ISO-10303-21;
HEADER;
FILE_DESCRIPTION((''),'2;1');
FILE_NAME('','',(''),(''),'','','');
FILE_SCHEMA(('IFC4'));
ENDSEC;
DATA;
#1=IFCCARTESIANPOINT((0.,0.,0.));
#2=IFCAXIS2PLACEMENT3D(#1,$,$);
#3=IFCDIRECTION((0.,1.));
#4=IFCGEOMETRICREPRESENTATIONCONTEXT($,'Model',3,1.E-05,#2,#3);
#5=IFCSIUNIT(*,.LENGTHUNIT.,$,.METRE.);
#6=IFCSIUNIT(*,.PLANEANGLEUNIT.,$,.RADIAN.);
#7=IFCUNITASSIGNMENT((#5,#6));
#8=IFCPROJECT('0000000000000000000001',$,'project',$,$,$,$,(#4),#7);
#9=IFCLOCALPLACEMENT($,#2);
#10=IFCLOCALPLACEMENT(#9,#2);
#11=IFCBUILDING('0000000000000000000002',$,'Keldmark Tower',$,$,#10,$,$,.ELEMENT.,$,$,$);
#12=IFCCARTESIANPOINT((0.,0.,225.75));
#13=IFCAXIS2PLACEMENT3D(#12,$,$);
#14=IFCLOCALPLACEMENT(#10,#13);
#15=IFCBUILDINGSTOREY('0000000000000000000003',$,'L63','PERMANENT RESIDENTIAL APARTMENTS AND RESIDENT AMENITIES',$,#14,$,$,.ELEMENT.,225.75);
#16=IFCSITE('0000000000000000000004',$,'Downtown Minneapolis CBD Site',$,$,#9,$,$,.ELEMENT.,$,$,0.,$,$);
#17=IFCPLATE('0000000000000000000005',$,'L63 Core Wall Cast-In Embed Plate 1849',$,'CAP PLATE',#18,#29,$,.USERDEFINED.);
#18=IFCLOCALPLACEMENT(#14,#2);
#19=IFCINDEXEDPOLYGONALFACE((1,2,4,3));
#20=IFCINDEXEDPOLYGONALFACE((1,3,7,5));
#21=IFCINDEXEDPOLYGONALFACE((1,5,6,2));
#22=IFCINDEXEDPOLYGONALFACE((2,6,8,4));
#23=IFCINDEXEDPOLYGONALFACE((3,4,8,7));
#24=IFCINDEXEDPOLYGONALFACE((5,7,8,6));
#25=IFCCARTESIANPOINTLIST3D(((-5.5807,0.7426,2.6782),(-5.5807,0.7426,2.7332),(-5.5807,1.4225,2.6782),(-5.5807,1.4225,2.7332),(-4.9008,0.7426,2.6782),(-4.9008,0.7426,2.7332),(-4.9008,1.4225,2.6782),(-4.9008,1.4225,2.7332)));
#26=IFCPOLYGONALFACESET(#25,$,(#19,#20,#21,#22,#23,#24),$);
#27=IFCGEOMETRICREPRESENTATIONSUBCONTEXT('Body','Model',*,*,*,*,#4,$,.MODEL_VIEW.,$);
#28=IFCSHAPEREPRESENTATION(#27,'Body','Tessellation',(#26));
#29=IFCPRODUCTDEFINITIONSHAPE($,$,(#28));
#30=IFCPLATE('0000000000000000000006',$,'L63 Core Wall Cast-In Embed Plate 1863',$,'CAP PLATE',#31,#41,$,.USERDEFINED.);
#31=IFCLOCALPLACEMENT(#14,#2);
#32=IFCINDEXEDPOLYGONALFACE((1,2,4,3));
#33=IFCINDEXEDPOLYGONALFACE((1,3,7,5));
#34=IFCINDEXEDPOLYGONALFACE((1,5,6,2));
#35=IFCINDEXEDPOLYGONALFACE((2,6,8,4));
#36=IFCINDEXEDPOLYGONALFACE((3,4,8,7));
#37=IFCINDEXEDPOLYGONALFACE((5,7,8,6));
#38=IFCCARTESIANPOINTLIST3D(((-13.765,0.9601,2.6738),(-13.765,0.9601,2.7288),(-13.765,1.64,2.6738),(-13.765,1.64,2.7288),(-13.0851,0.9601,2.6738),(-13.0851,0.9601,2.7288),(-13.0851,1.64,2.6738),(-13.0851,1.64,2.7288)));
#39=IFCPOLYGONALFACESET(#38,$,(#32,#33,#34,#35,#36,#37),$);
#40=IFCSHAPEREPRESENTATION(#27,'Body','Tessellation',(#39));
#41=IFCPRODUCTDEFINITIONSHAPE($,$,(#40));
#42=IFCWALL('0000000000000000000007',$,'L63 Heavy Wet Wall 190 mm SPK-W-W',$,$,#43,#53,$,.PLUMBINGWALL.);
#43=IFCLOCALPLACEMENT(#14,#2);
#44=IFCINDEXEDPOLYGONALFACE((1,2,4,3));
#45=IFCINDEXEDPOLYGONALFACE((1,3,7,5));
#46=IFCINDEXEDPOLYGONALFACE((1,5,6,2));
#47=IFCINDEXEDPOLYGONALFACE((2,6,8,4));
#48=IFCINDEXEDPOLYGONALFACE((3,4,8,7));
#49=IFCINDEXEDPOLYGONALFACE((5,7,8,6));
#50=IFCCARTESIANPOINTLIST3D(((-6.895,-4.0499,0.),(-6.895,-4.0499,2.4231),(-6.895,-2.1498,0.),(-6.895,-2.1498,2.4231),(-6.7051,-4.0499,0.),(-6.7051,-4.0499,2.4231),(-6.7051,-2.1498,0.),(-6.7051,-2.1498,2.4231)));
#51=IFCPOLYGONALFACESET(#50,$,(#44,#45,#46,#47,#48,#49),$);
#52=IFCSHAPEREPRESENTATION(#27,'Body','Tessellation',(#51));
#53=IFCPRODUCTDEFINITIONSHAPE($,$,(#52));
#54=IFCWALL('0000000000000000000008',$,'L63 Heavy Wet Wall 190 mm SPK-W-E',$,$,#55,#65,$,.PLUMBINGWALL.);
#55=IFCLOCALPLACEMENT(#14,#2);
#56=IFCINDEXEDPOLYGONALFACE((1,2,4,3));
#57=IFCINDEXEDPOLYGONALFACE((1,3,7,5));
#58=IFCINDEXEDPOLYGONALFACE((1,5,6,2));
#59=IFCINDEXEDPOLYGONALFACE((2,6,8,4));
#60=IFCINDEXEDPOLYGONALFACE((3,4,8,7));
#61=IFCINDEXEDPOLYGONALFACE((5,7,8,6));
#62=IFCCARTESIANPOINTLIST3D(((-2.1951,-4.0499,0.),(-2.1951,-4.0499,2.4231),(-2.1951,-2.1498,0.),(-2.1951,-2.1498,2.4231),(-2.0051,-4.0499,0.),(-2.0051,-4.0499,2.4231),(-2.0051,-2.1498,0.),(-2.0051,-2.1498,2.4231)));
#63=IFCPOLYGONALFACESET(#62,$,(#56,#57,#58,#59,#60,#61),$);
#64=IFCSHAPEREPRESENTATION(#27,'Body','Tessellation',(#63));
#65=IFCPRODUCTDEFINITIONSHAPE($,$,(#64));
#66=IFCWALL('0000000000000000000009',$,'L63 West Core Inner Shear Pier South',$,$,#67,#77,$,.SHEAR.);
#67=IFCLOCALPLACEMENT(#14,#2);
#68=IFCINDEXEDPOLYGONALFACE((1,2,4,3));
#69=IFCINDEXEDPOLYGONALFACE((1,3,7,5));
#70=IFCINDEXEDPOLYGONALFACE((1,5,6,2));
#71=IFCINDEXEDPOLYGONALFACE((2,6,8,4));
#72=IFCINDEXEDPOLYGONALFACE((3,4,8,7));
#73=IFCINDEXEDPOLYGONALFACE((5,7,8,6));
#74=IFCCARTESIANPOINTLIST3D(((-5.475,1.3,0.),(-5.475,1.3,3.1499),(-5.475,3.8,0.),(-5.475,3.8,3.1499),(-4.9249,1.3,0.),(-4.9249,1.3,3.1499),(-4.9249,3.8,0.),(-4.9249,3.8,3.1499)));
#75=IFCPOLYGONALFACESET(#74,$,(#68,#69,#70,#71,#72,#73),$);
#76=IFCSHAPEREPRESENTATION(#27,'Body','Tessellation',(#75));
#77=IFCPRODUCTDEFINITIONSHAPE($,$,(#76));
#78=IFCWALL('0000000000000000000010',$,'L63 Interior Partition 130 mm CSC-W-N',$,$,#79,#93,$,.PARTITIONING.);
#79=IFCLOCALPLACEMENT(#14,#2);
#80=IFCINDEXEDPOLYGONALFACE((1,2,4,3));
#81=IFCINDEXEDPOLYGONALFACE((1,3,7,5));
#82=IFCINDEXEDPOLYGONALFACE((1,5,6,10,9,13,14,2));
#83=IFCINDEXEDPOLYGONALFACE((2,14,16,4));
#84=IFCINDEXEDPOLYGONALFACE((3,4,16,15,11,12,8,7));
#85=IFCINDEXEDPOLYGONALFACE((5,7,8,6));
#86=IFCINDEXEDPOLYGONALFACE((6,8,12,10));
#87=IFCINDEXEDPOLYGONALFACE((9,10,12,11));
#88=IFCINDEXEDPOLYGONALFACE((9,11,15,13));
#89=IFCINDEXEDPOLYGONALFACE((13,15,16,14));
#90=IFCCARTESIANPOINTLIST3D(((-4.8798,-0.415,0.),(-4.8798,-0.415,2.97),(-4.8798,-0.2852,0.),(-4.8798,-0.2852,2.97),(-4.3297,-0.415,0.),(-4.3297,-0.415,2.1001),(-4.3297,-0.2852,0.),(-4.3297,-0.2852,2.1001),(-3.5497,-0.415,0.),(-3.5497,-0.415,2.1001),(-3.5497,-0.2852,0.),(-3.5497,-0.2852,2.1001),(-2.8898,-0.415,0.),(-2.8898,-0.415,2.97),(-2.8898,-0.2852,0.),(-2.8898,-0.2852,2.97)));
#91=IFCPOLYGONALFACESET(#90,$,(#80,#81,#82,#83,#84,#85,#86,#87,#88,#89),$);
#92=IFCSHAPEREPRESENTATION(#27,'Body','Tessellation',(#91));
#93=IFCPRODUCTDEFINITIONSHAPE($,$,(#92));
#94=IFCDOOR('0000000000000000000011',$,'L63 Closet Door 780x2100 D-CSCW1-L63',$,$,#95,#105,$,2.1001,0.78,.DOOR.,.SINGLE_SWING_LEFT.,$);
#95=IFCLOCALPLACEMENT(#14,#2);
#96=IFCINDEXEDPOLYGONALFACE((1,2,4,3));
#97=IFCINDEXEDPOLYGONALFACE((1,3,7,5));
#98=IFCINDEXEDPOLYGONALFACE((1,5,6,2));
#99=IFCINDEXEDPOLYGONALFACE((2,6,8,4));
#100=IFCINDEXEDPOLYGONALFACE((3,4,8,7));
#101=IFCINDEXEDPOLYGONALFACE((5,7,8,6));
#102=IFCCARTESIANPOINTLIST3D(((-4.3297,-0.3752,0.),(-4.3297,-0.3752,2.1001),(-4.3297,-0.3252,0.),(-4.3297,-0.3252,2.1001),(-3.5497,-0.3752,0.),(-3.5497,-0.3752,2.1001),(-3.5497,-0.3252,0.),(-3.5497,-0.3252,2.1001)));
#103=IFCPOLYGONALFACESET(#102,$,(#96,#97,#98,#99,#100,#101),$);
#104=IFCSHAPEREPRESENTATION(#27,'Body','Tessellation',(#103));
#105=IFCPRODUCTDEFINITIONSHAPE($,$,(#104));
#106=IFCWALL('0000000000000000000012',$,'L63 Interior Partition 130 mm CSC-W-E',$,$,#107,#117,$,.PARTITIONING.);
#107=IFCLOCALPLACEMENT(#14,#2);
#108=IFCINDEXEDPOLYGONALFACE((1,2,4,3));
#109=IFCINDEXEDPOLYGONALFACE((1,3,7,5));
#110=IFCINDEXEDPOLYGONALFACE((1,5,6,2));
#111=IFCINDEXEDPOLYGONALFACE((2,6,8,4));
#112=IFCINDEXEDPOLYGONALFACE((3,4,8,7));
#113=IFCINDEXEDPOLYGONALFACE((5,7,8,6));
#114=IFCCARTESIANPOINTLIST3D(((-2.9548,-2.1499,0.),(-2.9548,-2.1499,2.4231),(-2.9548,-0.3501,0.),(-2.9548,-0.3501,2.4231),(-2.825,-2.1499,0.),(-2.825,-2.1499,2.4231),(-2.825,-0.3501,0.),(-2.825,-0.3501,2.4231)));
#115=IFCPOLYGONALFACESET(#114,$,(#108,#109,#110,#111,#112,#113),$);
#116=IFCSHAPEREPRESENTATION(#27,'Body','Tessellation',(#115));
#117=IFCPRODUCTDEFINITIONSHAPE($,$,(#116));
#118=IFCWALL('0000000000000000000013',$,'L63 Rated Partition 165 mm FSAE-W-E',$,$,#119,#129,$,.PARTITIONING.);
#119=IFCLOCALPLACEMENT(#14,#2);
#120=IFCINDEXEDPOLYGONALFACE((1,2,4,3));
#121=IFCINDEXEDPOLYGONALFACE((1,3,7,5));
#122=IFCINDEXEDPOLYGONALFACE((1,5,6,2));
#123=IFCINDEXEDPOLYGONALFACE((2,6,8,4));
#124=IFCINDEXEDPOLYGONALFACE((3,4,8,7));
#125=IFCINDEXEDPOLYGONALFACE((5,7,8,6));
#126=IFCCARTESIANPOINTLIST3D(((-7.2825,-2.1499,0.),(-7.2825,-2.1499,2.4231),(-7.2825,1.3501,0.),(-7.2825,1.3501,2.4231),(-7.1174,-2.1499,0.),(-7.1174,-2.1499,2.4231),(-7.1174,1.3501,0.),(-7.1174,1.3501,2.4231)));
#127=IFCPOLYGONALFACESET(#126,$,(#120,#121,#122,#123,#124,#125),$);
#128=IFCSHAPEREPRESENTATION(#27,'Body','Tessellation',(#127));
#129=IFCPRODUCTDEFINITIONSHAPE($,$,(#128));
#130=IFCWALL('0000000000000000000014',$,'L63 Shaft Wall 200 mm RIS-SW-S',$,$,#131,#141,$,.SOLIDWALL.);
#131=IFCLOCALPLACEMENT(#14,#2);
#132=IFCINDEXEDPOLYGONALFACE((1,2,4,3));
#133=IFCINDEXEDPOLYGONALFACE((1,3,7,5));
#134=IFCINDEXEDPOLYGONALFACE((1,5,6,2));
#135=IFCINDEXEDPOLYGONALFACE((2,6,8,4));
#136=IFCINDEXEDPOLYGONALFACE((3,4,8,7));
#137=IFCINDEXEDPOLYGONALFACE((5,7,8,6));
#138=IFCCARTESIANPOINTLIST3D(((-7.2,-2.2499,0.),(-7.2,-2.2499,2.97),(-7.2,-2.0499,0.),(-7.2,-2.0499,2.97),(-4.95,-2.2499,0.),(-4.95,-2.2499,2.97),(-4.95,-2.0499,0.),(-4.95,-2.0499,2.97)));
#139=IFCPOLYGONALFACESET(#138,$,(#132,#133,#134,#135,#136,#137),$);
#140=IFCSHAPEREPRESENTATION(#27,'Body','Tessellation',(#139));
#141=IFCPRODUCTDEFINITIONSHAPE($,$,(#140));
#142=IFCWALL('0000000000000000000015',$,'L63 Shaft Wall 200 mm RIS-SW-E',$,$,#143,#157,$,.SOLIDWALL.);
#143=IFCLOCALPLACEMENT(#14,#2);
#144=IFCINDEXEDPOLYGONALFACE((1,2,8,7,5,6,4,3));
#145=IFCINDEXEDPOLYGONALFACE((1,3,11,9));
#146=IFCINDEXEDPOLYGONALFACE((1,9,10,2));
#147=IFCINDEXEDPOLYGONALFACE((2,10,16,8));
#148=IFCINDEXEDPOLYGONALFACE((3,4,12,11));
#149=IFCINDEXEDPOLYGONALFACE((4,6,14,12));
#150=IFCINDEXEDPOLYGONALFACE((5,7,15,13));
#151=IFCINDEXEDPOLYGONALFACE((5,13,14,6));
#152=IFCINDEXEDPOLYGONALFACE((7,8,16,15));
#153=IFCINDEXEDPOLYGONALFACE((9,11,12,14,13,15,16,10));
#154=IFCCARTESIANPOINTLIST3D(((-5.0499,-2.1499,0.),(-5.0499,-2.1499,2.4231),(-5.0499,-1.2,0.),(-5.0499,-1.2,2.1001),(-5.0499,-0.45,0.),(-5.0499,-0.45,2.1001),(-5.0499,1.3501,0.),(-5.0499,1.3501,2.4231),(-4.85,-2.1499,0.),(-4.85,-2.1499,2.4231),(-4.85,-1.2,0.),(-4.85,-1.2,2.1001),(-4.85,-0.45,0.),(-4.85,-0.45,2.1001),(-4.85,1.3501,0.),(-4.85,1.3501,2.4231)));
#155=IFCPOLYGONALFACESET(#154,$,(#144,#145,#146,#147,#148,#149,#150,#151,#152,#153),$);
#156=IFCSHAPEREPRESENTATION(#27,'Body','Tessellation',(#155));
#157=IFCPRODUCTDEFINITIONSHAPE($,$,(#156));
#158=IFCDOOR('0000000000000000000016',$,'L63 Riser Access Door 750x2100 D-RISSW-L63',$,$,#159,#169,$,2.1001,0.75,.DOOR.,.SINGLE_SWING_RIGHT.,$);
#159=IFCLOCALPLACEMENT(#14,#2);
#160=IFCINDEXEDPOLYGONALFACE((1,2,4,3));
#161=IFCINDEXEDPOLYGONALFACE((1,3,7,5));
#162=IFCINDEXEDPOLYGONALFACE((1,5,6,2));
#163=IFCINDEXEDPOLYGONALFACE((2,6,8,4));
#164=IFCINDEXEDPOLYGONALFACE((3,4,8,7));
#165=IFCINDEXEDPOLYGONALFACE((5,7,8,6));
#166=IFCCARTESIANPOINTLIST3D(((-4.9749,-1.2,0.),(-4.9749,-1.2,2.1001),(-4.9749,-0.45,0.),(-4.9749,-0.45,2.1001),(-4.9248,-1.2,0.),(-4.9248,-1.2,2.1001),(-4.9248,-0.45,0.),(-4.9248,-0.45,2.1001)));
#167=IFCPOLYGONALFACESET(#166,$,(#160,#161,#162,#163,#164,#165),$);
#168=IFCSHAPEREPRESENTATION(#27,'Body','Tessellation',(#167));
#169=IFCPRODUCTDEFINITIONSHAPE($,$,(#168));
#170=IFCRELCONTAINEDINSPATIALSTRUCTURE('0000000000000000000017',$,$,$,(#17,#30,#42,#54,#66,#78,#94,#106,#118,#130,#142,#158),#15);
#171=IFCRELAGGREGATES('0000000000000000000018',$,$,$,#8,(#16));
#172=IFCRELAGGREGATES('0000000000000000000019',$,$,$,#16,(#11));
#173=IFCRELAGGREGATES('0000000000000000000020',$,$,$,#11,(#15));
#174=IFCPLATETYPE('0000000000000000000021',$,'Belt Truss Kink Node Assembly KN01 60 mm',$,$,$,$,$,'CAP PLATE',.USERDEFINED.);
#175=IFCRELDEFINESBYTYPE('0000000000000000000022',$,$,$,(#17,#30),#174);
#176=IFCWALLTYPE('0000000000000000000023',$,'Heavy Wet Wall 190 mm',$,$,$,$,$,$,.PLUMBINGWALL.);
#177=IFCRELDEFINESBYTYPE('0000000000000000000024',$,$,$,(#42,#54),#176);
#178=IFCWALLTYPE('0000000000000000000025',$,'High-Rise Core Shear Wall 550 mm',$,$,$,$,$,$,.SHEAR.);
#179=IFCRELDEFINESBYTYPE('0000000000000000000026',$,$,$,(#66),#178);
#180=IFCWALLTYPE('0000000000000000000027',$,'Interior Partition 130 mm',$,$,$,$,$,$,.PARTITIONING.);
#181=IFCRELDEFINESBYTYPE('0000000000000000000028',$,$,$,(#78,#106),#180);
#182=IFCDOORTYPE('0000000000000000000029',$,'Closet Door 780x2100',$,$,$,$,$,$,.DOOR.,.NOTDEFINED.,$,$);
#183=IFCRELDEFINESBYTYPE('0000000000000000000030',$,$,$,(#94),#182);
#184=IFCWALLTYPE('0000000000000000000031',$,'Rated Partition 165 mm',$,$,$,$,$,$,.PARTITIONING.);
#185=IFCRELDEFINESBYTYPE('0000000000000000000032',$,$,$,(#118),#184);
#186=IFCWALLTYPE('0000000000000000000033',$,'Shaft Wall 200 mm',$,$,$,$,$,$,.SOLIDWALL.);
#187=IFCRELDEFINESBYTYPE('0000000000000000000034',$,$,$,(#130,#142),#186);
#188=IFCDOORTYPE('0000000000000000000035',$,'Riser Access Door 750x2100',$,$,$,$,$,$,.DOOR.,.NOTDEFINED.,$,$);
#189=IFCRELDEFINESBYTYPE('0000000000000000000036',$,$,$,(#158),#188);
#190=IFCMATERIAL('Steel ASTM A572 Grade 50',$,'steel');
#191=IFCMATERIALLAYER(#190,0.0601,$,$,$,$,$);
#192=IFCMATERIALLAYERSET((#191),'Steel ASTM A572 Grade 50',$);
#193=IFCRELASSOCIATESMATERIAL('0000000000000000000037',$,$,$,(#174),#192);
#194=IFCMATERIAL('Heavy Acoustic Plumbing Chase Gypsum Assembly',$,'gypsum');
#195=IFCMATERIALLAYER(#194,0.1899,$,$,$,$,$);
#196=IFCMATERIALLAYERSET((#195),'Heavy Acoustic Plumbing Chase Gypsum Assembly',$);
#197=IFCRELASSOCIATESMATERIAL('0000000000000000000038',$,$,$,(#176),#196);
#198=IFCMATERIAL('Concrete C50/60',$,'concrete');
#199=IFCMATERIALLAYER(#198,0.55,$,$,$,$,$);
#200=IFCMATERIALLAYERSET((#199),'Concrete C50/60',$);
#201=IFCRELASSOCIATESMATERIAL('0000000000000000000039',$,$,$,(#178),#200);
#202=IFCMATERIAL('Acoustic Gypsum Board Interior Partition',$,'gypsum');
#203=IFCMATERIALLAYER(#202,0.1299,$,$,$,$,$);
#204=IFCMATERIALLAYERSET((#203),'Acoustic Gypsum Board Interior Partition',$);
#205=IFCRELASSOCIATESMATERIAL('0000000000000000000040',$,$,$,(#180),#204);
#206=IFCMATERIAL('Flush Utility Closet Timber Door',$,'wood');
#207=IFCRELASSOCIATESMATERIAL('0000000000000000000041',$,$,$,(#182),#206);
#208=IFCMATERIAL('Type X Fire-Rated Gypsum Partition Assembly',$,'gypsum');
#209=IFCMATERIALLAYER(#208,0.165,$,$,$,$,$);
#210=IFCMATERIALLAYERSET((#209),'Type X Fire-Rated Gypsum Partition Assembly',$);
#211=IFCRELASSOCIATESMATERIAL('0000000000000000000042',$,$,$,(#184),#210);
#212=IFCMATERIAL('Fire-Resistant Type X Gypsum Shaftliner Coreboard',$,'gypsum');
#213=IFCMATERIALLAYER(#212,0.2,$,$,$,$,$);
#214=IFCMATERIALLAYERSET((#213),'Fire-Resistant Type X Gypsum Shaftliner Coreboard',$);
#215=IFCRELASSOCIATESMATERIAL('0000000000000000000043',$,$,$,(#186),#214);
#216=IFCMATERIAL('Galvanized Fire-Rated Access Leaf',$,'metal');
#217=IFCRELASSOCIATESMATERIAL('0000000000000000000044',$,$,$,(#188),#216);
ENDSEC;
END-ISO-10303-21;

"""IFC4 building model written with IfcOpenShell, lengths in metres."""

from ifc_helpers import new_model, si_unit, direction, frame, frame_2d, origin, origin_2d, place, context, subcontext, project, spatial, rectangle, extrude, material, layer, layer_set, type_object, element, fill, save


model = new_model("IFC4")

# Units and contexts
model_context = context("Model", 3, precision=1e-05, world=origin(), true_north=direction((0.0, 1.0)))
body_context = subcontext(model_context, "Body", "Model", "MODEL_VIEW")
ifc_project = project(units=[si_unit("LENGTHUNIT", "METRE"), si_unit("PLANEANGLEUNIT", "RADIAN")], contexts=[model_context])

# Site, building, storey
site_placement = place(None, origin())
site = spatial("IfcSite", under=ifc_project, at=site_placement, Name="Downtown Minneapolis CBD Site", CompositionType="ELEMENT", RefElevation=0.0)
building_placement = place(site_placement, origin())
building = spatial("IfcBuilding", under=site, at=building_placement, Name="Keldmark Tower", CompositionType="ELEMENT")
storey_placement = place(building_placement, frame((0.0, 0.0, 225.75)))
storey = spatial("IfcBuildingStorey", under=building, at=storey_placement, Name="L63", Description="PERMANENT RESIDENTIAL APARTMENTS AND RESIDENT AMENITIES", CompositionType="ELEMENT", Elevation=225.75)

# Plates
ifc_material_1 = material(Name="Steel ASTM A572 Grade 50", Category="steel")
ifc_layer_1 = layer(ifc_material_1, 0.0601)
ifc_layer_set_1 = layer_set([ifc_layer_1], Name="Steel ASTM A572 Grade 50")
plate_type = type_object("IfcPlateType", Name="Belt Truss Kink Node Assembly KN01 60 mm", ElementType="CAP PLATE", PredefinedType="USERDEFINED", material=ifc_layer_set_1)
for number, where, z_axis, x_axis, name in (
    (1, (-5.2407, 1.0825, 2.6782), (0.0, 0.0, 1.0), (1.0, 0.0, 0.0), "L63 Core Wall Cast-In Embed Plate 1849"),
    (2, (-13.425, 1.3, 2.6738), (0.0, 0.0, 1.0), (1.0, 0.0, 0.0), "L63 Core Wall Cast-In Embed Plate 1863"),
):
    element("IfcPlate", number, at=place(storey_placement, frame(where, z_axis=z_axis, x_axis=x_axis)), inside=storey, type_object=plate_type, Name=name, ObjectType="CAP PLATE", PredefinedType="USERDEFINED", context=body_context, shape_type="SweptSolid", body=[
        extrude(rectangle(XDim=0.6799, YDim=0.6799, at=origin_2d()), origin(), (0.0, 0.0, 1.0), 0.0549),
    ])

# Shared definitions
ifc_material_2 = material(Name="Heavy Acoustic Plumbing Chase Gypsum Assembly", Category="gypsum")
ifc_layer_2 = layer(ifc_material_2, 0.1899)
ifc_layer_set_2 = layer_set([ifc_layer_2], Name="Heavy Acoustic Plumbing Chase Gypsum Assembly")
wall_type_1 = type_object("IfcWallType", Name="Heavy Wet Wall 190 mm", PredefinedType="PLUMBINGWALL", material=ifc_layer_set_2)

# Walls
for number, where, z_axis, x_axis, name in (
    (3, (-6.8, -4.05, 0.0), (0.0, 0.0, 1.0), (0.0, 1.0, 0.0), "L63 Heavy Wet Wall 190 mm SPK-W-W"),
    (4, (-2.1001, -4.05, 0.0), (0.0, 0.0, 1.0), (0.0, 1.0, 0.0), "L63 Heavy Wet Wall 190 mm SPK-W-E"),
):
    element("IfcWall", number, at=place(storey_placement, frame(where, z_axis=z_axis, x_axis=x_axis)), inside=storey, type_object=wall_type_1, Name=name, PredefinedType="PLUMBINGWALL", context=body_context, shape_type="SweptSolid", body=[
        extrude(rectangle(XDim=1.9001, YDim=0.1899, at=frame_2d((0.9502, 0.0))), origin(), (0.0, 0.0, 1.0), 2.4231),
    ])
ifc_material_3 = material(Name="Concrete C50/60", Category="concrete")
ifc_layer_3 = layer(ifc_material_3, 0.55)
ifc_layer_set_3 = layer_set([ifc_layer_3], Name="Concrete C50/60")
wall_type_2 = type_object("IfcWallType", Name="High-Rise Core Shear Wall 550 mm", PredefinedType="SHEAR", material=ifc_layer_set_3)
wall_1_placement = place(storey_placement, frame((-5.2, 1.3, 0.0), z_axis=(0.0, 0.0, 1.0), x_axis=(0.0, 1.0, 0.0)))
element("IfcWall", 5, at=wall_1_placement, inside=storey, type_object=wall_type_2, Name="L63 West Core Inner Shear Pier South", PredefinedType="SHEAR", context=body_context, shape_type="SweptSolid", body=[
    extrude(rectangle(XDim=2.5, YDim=0.55, at=frame_2d((1.25, 0.0))), origin(), (0.0, 0.0, 1.0), 3.1499),
])

# Wall, opening, door
ifc_material_4 = material(Name="Acoustic Gypsum Board Interior Partition", Category="gypsum")
ifc_layer_4 = layer(ifc_material_4, 0.1299)
ifc_layer_set_4 = layer_set([ifc_layer_4], Name="Acoustic Gypsum Board Interior Partition")
wall_type_3 = type_object("IfcWallType", Name="Interior Partition 130 mm", PredefinedType="PARTITIONING", material=ifc_layer_set_4)
wall_2_placement = place(storey_placement, frame((-4.8799, -0.3501, 0.0), z_axis=(0.0, 0.0, 1.0), x_axis=(1.0, 0.0, 0.0)))
wall_2 = element("IfcWall", 6, at=wall_2_placement, inside=storey, type_object=wall_type_3, Name="L63 Interior Partition 130 mm CSC-W-N", PredefinedType="PARTITIONING", context=body_context, shape_type="SweptSolid", body=[
    extrude(rectangle(XDim=1.99, YDim=0.1299, at=frame_2d((0.9951, 0.0))), origin(), (0.0, 0.0, 1.0), 2.97),
])
opening_1_placement = place(wall_2_placement, frame((0.55, 0.0, 0.0)))
opening_1 = element("IfcOpeningElement", 7, at=opening_1_placement, cuts=wall_2, PredefinedType="OPENING", context=body_context, shape_type="SweptSolid", body=[
    extrude(rectangle(XDim=0.78, YDim=2.1001, at=frame_2d((0.3901, 1.05))), frame((0.0, 0.075, 0.0), z_axis=(0.0, -1.0, 0.0), x_axis=(1.0, 0.0, 0.0)), (0.0, 0.0, 1.0), 0.1499),
])
ifc_material_5 = material(Name="Flush Utility Closet Timber Door", Category="wood")
door_type_1 = type_object("IfcDoorType", Name="Closet Door 780x2100", OperationType="NOTDEFINED", PredefinedType="DOOR", material=ifc_material_5)
door_1_placement = place(opening_1_placement, origin())
door_1 = element("IfcDoor", 8, at=door_1_placement, inside=storey, type_object=door_type_1, Name="L63 Closet Door 780x2100 D-CSCW1-L63", OperationType="SINGLE_SWING_LEFT", OverallHeight=2.1001, OverallWidth=0.78, PredefinedType="DOOR", context=body_context, shape_type="SweptSolid", body=[
    extrude(rectangle(XDim=0.78, YDim=2.1001, at=frame_2d((0.3901, 1.05))), frame((0.0, 0.0249, 0.0), z_axis=(0.0, -1.0, 0.0), x_axis=(1.0, 0.0, 0.0)), (0.0, 0.0, 1.0), 0.05),
])
fill(opening_1, door_1)

# Walls
wall_3_placement = place(storey_placement, frame((-2.8899, -2.1499, 0.0), z_axis=(0.0, 0.0, 1.0), x_axis=(0.0, 1.0, 0.0)))
element("IfcWall", 9, at=wall_3_placement, inside=storey, type_object=wall_type_3, Name="L63 Interior Partition 130 mm CSC-W-E", PredefinedType="PARTITIONING", context=body_context, shape_type="SweptSolid", body=[
    extrude(rectangle(XDim=1.7998, YDim=0.1299, at=frame_2d((0.8999, 0.0))), origin(), (0.0, 0.0, 1.0), 2.4231),
])
ifc_material_6 = material(Name="Type X Fire-Rated Gypsum Partition Assembly", Category="gypsum")
ifc_layer_5 = layer(ifc_material_6, 0.165)
ifc_layer_set_5 = layer_set([ifc_layer_5], Name="Type X Fire-Rated Gypsum Partition Assembly")
wall_type_4 = type_object("IfcWallType", Name="Rated Partition 165 mm", PredefinedType="PARTITIONING", material=ifc_layer_set_5)
wall_4_placement = place(storey_placement, frame((-7.2, -2.1499, 0.0), z_axis=(0.0, 0.0, 1.0), x_axis=(0.0, 1.0, 0.0)))
element("IfcWall", 10, at=wall_4_placement, inside=storey, type_object=wall_type_4, Name="L63 Rated Partition 165 mm FSAE-W-E", PredefinedType="PARTITIONING", context=body_context, shape_type="SweptSolid", body=[
    extrude(rectangle(XDim=3.5, YDim=0.165, at=frame_2d((1.75, 0.0))), origin(), (0.0, 0.0, 1.0), 2.4231),
])
ifc_material_7 = material(Name="Fire-Resistant Type X Gypsum Shaftliner Coreboard", Category="gypsum")
ifc_layer_6 = layer(ifc_material_7, 0.2)
ifc_layer_set_6 = layer_set([ifc_layer_6], Name="Fire-Resistant Type X Gypsum Shaftliner Coreboard")
wall_type_5 = type_object("IfcWallType", Name="Shaft Wall 200 mm", PredefinedType="SOLIDWALL", material=ifc_layer_set_6)
wall_5_placement = place(storey_placement, frame((-7.2, -2.1499, 0.0), z_axis=(0.0, 0.0, 1.0), x_axis=(1.0, 0.0, 0.0)))
element("IfcWall", 11, at=wall_5_placement, inside=storey, type_object=wall_type_5, Name="L63 Shaft Wall 200 mm RIS-SW-S", PredefinedType="SOLIDWALL", context=body_context, shape_type="SweptSolid", body=[
    extrude(rectangle(XDim=2.25, YDim=0.2, at=frame_2d((1.125, 0.0))), origin(), (0.0, 0.0, 1.0), 2.97),
])

# Wall, opening, door
wall_6_placement = place(storey_placement, frame((-4.95, -2.1499, 0.0), z_axis=(0.0, 0.0, 1.0), x_axis=(0.0, 1.0, 0.0)))
wall_6 = element("IfcWall", 12, at=wall_6_placement, inside=storey, type_object=wall_type_5, Name="L63 Shaft Wall 200 mm RIS-SW-E", PredefinedType="SOLIDWALL", context=body_context, shape_type="SweptSolid", body=[
    extrude(rectangle(XDim=3.5, YDim=0.2, at=frame_2d((1.75, 0.0))), origin(), (0.0, 0.0, 1.0), 2.4231),
])
opening_2_placement = place(wall_6_placement, frame((0.95, 0.0, 0.0)))
opening_2 = element("IfcOpeningElement", 13, at=opening_2_placement, cuts=wall_6, PredefinedType="OPENING", context=body_context, shape_type="SweptSolid", body=[
    extrude(rectangle(XDim=0.75, YDim=2.1001, at=frame_2d((0.375, 1.05))), frame((0.0, 0.1099, 0.0), z_axis=(0.0, -1.0, 0.0), x_axis=(1.0, 0.0, 0.0)), (0.0, 0.0, 1.0), 0.22),
])
ifc_material_8 = material(Name="Galvanized Fire-Rated Access Leaf", Category="metal")
door_type_2 = type_object("IfcDoorType", Name="Riser Access Door 750x2100", OperationType="NOTDEFINED", PredefinedType="DOOR", material=ifc_material_8)
door_2_placement = place(opening_2_placement, origin())
door_2 = element("IfcDoor", 14, at=door_2_placement, inside=storey, type_object=door_type_2, Name="L63 Riser Access Door 750x2100 D-RISSW-L63", OperationType="SINGLE_SWING_RIGHT", OverallHeight=2.1001, OverallWidth=0.75, PredefinedType="DOOR", context=body_context, shape_type="SweptSolid", body=[
    extrude(rectangle(XDim=0.75, YDim=2.1001, at=frame_2d((0.375, 1.05))), frame((0.0, 0.0249, 0.0), z_axis=(0.0, -1.0, 0.0), x_axis=(1.0, 0.0, 0.0)), (0.0, 0.0, 1.0), 0.05),
])
fill(opening_2, door_2)

save(model, "model.ifc")
